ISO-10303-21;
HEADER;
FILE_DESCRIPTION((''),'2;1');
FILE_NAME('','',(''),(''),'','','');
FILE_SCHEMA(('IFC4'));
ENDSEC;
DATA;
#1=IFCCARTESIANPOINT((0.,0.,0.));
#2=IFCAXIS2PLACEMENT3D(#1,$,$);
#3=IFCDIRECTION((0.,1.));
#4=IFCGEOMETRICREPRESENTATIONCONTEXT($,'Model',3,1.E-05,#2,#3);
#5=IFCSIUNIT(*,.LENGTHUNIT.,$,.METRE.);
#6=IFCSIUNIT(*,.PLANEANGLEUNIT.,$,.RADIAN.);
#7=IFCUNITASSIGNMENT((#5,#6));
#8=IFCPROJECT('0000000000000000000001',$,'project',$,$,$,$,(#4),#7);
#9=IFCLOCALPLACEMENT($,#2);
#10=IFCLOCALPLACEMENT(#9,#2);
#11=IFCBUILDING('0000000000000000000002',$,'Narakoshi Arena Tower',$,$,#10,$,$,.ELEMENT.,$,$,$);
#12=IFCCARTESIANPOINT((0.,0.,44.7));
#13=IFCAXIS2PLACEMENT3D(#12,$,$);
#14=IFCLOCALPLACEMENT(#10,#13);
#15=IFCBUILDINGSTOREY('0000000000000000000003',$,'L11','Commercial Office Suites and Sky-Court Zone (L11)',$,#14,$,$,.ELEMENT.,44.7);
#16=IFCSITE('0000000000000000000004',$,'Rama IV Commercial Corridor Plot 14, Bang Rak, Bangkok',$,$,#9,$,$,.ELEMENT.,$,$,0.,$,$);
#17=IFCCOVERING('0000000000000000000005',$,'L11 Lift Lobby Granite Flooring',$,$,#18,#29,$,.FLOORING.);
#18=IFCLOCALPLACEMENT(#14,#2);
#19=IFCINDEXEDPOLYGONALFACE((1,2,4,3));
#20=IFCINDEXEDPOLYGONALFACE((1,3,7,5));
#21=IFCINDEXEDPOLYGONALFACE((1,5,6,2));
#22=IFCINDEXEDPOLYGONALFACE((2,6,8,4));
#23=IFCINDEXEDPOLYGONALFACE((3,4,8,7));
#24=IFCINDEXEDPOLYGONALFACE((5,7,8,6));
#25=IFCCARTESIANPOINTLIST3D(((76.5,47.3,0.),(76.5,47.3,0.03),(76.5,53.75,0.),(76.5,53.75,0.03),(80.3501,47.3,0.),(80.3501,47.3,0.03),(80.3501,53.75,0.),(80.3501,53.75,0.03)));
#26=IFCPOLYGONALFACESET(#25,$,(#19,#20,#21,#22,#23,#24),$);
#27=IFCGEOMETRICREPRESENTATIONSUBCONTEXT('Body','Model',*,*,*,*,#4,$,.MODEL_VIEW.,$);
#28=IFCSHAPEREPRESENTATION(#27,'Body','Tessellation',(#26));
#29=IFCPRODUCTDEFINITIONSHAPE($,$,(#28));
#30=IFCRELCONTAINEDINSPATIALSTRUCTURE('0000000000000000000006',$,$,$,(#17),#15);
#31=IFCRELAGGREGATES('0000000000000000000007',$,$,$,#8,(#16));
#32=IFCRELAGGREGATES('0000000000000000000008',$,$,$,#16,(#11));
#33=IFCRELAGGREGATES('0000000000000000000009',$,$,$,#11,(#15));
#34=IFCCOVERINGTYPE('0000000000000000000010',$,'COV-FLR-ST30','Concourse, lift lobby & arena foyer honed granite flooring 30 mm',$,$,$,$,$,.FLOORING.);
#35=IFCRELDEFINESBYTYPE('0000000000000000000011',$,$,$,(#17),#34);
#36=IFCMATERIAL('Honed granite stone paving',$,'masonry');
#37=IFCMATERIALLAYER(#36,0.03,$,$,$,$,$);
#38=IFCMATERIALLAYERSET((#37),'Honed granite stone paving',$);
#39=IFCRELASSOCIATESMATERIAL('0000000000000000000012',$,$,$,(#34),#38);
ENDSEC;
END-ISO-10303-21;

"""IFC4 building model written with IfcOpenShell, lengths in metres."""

from ifc_helpers import new_model, si_unit, direction, frame, origin, place, context, subcontext, project, spatial, polyline, outline, extrude, material, layer, layer_set, type_object, element, save


model = new_model("IFC4")

# Units and contexts
model_context = context("Model", 3, precision=1e-05, world=origin(), true_north=direction((0.0, 1.0)))
body_context = subcontext(model_context, "Body", "Model", "MODEL_VIEW")
ifc_project = project(units=[si_unit("LENGTHUNIT", "METRE"), si_unit("PLANEANGLEUNIT", "RADIAN")], contexts=[model_context])

# Site, building, storey
site_placement = place(None, origin())
site = spatial("IfcSite", under=ifc_project, at=site_placement, Name="Rama IV Commercial Corridor Plot 14, Bang Rak, Bangkok", CompositionType="ELEMENT", RefElevation=0.0)
building_placement = place(site_placement, origin())
building = spatial("IfcBuilding", under=site, at=building_placement, Name="Narakoshi Arena Tower", CompositionType="ELEMENT")
storey_placement = place(building_placement, frame((0.0, 0.0, 44.7)))
storey = spatial("IfcBuildingStorey", under=building, at=storey_placement, Name="L11", Description="Commercial Office Suites and Sky-Court Zone (L11)", CompositionType="ELEMENT", Elevation=44.7)

# Covering
ifc_material_1 = material(Name="Honed granite stone paving", Category="masonry")
ifc_layer_1 = layer(ifc_material_1, 0.03)
ifc_layer_set_1 = layer_set([ifc_layer_1], Name="Honed granite stone paving")
covering_type_1 = type_object("IfcCoveringType", Name="COV-FLR-ST30", Description="Concourse, lift lobby & arena foyer honed granite flooring 30 mm", PredefinedType="FLOORING", material=ifc_layer_set_1)
covering_1_placement = place(storey_placement, origin())
element("IfcCovering", 1, at=covering_1_placement, inside=storey, type_object=covering_type_1, Name="L11 Lift Lobby Granite Flooring", PredefinedType="FLOORING", context=body_context, shape_type="SweptSolid", body=[
    extrude(outline(polyline([(76.5, 47.3), (80.3501, 47.3), (80.3501, 53.75), (76.5, 53.75), (76.5, 47.3)])), origin(), (0.0, 0.0, 1.0), 0.03),
])

save(model, "model.ifc")
